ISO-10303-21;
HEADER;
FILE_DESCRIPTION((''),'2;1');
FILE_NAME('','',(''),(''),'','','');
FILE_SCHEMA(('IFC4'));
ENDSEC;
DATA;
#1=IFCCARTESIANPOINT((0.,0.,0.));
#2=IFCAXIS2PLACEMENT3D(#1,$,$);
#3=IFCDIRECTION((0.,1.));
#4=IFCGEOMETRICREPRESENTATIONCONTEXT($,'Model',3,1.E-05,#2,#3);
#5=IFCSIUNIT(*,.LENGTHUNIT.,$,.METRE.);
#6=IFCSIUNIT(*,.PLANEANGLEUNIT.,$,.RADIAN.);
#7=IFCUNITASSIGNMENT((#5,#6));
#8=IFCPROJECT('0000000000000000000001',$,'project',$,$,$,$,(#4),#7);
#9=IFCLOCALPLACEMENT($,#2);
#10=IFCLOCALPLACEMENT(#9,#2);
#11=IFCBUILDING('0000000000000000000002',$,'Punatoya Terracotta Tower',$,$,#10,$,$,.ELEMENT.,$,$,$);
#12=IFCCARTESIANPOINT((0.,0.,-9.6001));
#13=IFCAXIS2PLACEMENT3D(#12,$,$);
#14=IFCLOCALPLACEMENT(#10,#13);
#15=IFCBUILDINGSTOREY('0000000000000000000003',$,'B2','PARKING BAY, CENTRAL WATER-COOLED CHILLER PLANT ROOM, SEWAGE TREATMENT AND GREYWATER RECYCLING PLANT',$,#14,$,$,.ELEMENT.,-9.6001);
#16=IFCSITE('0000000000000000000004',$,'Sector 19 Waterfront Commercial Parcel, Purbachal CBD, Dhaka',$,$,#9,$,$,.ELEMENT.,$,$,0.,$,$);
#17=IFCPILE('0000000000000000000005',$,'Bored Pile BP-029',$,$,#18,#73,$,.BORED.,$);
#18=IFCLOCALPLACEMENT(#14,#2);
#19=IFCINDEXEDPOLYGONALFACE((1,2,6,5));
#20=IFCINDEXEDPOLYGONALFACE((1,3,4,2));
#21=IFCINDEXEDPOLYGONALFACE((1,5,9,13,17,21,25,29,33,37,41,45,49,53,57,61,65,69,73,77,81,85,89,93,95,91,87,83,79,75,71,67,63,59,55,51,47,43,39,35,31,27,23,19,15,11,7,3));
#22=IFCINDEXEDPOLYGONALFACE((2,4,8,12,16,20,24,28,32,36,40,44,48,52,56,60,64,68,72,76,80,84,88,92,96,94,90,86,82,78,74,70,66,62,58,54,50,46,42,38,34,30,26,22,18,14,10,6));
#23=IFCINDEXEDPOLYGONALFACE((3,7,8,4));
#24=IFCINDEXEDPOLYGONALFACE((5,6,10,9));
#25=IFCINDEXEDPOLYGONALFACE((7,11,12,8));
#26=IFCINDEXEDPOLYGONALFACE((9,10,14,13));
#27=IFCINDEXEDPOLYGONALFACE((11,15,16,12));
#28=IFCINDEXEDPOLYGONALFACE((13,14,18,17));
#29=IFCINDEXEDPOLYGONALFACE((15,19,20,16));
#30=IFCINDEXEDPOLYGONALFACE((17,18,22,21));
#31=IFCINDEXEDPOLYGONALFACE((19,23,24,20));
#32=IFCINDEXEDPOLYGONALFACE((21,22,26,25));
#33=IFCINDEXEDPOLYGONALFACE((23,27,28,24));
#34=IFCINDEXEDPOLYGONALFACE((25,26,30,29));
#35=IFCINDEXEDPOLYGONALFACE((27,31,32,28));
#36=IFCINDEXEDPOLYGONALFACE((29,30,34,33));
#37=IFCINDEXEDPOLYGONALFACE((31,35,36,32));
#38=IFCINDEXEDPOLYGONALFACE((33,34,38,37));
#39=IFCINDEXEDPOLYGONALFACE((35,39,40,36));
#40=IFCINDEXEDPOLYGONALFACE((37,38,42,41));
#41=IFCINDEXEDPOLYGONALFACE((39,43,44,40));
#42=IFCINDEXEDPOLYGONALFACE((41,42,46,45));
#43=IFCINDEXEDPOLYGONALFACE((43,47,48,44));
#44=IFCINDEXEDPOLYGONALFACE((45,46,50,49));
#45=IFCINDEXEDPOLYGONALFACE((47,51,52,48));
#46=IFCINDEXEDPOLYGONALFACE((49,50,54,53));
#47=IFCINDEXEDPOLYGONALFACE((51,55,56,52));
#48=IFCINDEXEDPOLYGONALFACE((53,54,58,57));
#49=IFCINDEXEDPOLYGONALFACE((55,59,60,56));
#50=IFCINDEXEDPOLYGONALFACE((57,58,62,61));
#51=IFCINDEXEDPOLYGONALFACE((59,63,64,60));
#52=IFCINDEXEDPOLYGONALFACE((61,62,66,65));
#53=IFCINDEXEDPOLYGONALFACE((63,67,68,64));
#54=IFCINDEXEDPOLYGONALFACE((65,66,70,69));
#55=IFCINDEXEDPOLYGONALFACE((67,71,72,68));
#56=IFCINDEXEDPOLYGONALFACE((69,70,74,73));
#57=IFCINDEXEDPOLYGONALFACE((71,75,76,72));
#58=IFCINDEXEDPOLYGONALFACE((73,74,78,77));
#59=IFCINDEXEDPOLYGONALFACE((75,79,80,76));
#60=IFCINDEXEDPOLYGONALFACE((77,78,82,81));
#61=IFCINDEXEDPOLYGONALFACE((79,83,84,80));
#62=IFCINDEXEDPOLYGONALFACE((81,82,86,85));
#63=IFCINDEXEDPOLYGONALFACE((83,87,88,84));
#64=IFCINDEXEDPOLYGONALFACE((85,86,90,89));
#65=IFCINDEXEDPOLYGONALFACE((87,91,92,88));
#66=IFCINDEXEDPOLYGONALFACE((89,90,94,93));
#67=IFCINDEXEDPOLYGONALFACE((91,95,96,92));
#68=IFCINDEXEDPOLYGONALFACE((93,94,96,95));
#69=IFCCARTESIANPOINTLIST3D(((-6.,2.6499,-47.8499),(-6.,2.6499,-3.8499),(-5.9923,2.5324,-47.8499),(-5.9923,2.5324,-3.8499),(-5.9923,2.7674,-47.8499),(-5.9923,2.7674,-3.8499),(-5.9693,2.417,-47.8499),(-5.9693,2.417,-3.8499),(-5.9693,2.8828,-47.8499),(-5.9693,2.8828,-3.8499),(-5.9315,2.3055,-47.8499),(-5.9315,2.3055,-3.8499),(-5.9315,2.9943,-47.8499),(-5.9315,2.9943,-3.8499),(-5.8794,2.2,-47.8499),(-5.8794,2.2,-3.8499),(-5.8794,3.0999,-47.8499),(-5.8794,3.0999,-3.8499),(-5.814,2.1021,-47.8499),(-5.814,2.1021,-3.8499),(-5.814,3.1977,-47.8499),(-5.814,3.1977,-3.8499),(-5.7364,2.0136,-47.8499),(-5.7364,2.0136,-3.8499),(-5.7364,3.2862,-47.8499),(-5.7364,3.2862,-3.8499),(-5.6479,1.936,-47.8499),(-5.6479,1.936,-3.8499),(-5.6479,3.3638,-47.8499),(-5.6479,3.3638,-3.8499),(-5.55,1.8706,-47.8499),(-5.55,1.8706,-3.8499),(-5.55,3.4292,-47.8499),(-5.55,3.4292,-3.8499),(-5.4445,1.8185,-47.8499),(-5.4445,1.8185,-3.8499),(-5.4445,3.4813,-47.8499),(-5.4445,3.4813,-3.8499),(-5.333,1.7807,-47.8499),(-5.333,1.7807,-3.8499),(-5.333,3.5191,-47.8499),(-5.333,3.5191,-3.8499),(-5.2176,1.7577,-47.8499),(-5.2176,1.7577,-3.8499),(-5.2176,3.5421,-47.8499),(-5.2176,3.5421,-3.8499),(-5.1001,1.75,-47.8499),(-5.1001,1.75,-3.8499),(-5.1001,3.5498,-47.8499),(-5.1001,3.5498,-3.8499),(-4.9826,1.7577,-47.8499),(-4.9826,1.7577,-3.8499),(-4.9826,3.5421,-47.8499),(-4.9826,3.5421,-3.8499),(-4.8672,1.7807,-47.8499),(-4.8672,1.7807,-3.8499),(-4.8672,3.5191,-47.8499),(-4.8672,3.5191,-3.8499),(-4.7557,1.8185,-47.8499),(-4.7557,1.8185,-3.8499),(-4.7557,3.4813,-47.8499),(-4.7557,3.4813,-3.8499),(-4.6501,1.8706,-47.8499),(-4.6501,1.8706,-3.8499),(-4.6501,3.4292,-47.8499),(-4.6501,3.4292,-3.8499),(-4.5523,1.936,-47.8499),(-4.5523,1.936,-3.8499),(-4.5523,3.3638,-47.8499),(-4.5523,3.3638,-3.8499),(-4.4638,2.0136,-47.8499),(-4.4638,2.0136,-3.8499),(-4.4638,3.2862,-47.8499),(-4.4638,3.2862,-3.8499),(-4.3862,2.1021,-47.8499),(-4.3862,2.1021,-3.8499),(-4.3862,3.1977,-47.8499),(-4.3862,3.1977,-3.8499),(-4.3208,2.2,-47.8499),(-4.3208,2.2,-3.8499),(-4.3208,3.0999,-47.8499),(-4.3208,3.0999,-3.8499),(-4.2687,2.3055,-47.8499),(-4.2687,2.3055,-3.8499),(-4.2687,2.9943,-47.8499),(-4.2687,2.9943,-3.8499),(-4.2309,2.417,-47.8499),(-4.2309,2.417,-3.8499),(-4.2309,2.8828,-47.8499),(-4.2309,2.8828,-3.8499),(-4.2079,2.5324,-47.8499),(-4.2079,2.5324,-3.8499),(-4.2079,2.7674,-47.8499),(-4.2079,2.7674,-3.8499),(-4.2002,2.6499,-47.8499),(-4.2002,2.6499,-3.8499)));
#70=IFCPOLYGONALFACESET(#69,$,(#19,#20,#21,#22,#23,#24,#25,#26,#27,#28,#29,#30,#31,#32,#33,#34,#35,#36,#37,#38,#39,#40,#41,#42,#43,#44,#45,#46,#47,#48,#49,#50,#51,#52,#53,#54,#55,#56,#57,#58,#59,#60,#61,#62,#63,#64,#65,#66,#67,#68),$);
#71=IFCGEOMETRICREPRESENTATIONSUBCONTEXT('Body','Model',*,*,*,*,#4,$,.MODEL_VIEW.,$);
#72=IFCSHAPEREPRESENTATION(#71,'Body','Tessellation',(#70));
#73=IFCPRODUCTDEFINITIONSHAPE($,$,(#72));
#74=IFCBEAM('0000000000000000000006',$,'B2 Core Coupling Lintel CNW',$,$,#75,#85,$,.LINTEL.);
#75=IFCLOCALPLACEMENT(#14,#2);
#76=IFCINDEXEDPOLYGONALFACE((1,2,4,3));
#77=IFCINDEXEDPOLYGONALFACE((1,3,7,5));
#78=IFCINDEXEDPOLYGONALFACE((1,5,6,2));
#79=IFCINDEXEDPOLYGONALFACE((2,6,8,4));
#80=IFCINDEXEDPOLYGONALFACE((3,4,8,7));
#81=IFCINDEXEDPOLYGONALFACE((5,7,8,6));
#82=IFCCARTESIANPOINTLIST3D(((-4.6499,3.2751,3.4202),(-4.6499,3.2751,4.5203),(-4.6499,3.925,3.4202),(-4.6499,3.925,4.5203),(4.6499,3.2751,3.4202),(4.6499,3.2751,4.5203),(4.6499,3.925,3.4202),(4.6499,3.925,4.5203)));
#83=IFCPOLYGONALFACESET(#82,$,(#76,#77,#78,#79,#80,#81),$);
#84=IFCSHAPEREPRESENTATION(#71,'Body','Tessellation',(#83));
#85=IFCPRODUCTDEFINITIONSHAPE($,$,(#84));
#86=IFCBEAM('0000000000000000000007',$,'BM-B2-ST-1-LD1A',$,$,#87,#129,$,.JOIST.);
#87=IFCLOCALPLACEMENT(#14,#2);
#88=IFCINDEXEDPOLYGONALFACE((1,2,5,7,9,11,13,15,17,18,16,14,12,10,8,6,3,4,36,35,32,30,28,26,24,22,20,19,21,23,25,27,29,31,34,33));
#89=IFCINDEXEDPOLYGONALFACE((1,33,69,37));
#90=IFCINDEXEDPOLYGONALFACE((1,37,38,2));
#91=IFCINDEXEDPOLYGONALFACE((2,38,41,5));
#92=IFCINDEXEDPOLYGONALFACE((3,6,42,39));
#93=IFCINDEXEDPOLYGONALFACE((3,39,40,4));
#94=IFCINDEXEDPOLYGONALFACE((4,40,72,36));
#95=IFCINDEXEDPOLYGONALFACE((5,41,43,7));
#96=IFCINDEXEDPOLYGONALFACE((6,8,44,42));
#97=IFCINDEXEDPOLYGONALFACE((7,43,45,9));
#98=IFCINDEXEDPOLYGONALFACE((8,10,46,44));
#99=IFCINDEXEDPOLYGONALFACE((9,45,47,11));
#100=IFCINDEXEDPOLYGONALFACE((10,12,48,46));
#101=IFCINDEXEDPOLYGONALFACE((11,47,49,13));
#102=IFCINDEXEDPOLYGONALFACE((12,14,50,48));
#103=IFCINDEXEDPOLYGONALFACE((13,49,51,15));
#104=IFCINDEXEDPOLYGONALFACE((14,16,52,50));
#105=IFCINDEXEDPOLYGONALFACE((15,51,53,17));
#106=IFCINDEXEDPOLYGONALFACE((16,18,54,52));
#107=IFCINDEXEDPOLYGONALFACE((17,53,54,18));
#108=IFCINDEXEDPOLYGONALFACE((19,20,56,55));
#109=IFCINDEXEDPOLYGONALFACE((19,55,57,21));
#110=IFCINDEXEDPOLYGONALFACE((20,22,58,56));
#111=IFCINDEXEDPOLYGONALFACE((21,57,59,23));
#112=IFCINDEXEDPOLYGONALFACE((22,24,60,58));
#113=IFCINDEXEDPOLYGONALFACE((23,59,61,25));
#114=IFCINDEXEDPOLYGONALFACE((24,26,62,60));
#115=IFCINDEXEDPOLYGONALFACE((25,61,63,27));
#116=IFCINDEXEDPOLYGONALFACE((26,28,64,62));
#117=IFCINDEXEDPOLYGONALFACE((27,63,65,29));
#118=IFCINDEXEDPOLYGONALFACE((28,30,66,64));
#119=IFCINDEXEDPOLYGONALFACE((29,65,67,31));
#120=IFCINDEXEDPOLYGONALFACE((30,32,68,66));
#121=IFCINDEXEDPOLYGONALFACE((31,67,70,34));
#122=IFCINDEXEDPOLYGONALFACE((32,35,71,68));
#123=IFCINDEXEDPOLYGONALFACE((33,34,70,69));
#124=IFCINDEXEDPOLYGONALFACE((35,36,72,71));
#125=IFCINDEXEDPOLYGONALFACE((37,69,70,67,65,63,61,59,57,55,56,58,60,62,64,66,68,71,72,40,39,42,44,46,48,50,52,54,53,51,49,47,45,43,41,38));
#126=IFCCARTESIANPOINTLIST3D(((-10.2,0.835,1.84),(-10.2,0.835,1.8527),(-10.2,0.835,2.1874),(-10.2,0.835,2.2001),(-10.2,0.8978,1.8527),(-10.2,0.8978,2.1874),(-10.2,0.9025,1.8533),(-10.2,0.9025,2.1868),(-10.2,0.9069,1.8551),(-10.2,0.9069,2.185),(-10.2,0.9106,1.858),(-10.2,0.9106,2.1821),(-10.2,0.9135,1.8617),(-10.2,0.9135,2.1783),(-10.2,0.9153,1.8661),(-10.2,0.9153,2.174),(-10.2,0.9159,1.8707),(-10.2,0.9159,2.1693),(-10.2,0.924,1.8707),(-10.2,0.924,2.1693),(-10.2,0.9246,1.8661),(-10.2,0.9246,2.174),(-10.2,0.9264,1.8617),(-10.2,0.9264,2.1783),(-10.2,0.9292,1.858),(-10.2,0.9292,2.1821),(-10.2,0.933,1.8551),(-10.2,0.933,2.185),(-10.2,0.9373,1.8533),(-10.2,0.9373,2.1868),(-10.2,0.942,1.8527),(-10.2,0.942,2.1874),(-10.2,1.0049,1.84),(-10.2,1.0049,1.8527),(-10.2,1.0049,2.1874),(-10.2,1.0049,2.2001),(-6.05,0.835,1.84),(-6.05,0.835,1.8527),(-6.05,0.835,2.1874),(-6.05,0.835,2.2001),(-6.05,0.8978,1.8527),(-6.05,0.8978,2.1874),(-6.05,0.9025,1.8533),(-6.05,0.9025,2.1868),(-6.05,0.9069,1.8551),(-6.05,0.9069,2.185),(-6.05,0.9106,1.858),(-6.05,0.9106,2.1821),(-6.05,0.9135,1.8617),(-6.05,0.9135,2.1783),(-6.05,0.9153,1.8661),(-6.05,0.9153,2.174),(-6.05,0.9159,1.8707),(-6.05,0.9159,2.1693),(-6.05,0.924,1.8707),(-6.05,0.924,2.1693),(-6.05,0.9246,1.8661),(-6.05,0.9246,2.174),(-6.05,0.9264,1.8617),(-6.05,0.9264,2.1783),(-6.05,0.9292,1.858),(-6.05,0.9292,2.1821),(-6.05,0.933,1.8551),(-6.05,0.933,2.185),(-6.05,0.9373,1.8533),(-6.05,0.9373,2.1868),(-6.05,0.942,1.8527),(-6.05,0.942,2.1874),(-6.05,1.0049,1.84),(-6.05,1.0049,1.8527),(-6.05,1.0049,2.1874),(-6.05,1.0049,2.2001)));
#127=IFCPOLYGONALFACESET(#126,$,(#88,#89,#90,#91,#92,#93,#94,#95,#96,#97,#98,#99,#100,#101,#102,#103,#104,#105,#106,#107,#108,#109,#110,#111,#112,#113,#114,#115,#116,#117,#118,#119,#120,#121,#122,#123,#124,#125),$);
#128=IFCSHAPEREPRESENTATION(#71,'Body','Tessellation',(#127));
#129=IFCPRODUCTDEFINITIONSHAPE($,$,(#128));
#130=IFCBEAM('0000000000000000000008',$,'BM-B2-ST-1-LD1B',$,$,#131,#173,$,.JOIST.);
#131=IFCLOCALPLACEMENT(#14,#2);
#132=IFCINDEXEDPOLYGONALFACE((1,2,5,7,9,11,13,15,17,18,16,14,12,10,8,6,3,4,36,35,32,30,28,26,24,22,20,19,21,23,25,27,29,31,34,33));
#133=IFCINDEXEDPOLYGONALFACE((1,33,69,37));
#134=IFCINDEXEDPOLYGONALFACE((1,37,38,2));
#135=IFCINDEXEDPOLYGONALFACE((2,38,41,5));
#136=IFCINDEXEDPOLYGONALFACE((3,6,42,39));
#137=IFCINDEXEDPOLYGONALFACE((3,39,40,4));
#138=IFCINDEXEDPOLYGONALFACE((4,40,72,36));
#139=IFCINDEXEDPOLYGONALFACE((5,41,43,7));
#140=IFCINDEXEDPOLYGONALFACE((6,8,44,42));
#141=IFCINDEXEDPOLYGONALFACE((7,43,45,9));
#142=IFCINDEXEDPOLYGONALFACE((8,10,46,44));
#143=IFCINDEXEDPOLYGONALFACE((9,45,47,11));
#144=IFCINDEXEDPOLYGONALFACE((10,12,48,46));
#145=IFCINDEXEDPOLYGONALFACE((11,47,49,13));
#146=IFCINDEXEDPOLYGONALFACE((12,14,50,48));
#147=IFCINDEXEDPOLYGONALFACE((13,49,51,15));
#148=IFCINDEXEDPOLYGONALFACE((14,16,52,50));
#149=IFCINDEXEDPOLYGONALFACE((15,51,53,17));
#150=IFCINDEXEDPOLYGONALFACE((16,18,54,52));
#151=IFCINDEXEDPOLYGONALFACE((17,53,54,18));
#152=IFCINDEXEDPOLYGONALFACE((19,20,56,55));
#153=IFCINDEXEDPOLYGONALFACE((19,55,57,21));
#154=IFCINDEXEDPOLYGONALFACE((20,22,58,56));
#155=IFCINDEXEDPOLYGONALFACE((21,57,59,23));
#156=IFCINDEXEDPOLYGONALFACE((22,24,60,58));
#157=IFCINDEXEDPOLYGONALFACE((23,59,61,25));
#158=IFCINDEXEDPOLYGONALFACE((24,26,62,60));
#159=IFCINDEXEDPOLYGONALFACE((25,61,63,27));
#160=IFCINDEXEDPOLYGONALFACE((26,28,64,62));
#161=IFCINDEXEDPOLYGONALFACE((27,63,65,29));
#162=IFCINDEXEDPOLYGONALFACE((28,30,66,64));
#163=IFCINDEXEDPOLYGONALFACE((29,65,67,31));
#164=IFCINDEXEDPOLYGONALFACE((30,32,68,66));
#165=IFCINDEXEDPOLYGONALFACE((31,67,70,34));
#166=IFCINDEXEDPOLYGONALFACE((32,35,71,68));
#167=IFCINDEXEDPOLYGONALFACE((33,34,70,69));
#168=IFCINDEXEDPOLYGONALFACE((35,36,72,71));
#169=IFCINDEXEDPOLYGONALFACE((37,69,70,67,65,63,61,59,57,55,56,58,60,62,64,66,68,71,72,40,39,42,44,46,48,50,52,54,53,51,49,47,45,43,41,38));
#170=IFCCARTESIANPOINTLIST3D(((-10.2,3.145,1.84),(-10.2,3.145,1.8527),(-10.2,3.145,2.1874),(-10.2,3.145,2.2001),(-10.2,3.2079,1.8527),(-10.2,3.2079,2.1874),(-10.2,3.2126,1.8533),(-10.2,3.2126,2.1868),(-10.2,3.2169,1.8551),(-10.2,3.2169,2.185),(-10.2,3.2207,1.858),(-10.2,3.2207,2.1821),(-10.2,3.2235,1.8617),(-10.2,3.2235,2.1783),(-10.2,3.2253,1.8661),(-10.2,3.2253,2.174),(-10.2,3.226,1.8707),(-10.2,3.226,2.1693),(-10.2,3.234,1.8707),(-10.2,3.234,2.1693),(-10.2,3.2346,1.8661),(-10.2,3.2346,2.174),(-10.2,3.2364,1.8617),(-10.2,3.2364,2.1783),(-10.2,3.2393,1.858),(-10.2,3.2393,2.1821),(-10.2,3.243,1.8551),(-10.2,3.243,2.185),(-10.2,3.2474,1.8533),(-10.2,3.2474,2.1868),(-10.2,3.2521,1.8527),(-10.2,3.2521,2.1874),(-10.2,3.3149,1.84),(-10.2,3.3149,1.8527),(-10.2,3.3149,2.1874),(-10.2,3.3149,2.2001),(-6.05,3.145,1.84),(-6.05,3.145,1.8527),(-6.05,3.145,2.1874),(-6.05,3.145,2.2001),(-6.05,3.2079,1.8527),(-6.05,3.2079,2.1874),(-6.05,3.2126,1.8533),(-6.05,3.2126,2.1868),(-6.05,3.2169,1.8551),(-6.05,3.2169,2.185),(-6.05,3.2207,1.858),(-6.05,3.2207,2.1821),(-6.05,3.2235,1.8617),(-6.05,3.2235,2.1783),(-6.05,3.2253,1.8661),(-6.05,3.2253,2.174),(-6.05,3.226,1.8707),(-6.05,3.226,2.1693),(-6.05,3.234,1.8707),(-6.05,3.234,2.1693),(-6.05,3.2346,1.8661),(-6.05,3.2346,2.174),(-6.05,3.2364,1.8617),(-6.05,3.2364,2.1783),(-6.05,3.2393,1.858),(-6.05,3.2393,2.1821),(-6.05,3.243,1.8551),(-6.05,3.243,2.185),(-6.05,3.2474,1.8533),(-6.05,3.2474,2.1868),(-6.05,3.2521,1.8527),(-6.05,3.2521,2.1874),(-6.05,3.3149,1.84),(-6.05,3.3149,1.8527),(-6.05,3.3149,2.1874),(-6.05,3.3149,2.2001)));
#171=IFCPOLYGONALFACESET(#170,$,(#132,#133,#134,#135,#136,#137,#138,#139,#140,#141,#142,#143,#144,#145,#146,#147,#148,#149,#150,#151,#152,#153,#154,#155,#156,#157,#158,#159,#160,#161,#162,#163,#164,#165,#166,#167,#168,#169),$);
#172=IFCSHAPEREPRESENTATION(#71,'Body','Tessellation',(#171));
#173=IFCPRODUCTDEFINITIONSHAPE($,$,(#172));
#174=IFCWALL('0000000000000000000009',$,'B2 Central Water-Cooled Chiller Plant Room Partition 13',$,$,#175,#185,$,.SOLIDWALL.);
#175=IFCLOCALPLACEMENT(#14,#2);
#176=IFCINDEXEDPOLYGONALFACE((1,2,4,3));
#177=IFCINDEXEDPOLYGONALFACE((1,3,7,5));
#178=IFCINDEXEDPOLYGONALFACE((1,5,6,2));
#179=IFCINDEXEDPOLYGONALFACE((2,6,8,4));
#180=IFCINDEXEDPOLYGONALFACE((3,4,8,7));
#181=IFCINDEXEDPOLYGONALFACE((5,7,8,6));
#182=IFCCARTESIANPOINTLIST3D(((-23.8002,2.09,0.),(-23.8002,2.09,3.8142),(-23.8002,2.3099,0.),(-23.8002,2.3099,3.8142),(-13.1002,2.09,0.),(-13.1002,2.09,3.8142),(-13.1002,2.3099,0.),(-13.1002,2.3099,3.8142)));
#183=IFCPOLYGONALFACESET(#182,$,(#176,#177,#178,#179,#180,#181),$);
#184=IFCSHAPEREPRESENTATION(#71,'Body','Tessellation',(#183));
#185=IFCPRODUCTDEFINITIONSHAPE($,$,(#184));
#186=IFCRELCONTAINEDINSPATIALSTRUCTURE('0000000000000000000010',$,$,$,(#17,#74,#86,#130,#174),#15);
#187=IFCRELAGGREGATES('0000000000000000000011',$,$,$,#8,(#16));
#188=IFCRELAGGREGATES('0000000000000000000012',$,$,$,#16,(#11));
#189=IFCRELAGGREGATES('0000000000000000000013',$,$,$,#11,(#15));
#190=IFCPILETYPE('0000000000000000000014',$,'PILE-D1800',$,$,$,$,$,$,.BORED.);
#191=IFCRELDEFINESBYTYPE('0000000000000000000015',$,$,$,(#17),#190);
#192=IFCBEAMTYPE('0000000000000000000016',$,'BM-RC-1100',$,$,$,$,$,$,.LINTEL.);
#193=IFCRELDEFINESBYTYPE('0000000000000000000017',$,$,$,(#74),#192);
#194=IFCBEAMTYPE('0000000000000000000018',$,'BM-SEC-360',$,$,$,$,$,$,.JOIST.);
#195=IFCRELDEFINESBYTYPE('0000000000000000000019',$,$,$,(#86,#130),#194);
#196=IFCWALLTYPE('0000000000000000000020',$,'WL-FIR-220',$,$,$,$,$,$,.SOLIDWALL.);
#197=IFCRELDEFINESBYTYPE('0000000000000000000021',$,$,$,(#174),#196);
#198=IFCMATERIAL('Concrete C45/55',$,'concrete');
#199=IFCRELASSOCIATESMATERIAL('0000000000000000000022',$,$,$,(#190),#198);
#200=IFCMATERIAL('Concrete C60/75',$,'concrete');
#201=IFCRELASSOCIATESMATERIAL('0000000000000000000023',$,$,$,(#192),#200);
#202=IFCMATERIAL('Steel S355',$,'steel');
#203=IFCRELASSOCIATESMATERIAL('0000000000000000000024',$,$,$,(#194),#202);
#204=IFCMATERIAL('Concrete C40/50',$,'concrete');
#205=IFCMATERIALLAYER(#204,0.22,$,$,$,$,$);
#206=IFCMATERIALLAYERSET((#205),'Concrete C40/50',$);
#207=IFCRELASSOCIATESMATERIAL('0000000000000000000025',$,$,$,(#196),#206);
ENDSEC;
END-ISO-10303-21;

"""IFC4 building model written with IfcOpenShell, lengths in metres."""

from ifc_helpers import new_model, si_unit, direction, frame, frame_2d, origin, origin_2d, place, context, subcontext, project, spatial, rectangle, circle, i_section, extrude, material, layer, layer_set, material_profile, profile_set, type_object, element, save


model = new_model("IFC4")

# Units and contexts
model_context = context("Model", 3, precision=1e-05, world=origin(), true_north=direction((0.0, 1.0)))
body_context = subcontext(model_context, "Body", "Model", "MODEL_VIEW")
ifc_project = project(units=[si_unit("LENGTHUNIT", "METRE"), si_unit("PLANEANGLEUNIT", "RADIAN")], contexts=[model_context])

# Site, building, storey
site_placement = place(None, origin())
site = spatial("IfcSite", under=ifc_project, at=site_placement, Name="Sector 19 Waterfront Commercial Parcel, Purbachal CBD, Dhaka", CompositionType="ELEMENT", RefElevation=0.0)
building_placement = place(site_placement, origin())
building = spatial("IfcBuilding", under=site, at=building_placement, Name="Punatoya Terracotta Tower", CompositionType="ELEMENT")
storey_placement = place(building_placement, frame((0.0, 0.0, -9.6001)))
storey = spatial("IfcBuildingStorey", under=building, at=storey_placement, Name="B2", Description="PARKING BAY, CENTRAL WATER-COOLED CHILLER PLANT ROOM, SEWAGE TREATMENT AND GREYWATER RECYCLING PLANT", CompositionType="ELEMENT", Elevation=-9.6001)

# Shared definitions
ifc_material_1 = material(Name="Concrete C45/55", Category="concrete")

# Pile
ifc_material_profile_1 = material_profile(ifc_material_1, circle(Radius=0.8999, at=origin_2d()))
ifc_profile_set_1 = profile_set([ifc_material_profile_1], Name="Concrete C45/55")
pile_type_1 = type_object("IfcPileType", Name="PILE-D1800", PredefinedType="BORED", material=ifc_profile_set_1)
for number, where, z_axis, x_axis, name in (
    (1, (-5.1001, 2.6499, -3.8499), (0.0, 0.0, -1.0), (1.0, 0.0, 0.0), "Bored Pile BP-029"),
):
    element("IfcPile", number, at=place(storey_placement, frame(where, z_axis=z_axis, x_axis=x_axis)), inside=storey, type_object=pile_type_1, Name=name, PredefinedType="BORED", context=body_context, shape_type="SweptSolid", body=[
        extrude(circle(Radius=0.8999, at=origin_2d()), origin(), (0.0, 0.0, 1.0), 44.0),
    ])

# Beams
ifc_material_2 = material(Name="Concrete C60/75", Category="concrete")
ifc_material_profile_2 = material_profile(ifc_material_2, rectangle(XDim=0.6499, YDim=1.1001, at=origin_2d()))
ifc_profile_set_2 = profile_set([ifc_material_profile_2], Name="Concrete C60/75")
beam_type_1 = type_object("IfcBeamType", Name="BM-RC-1100", PredefinedType="LINTEL", material=ifc_profile_set_2)
beam_placement = place(storey_placement, frame((-4.6499, 3.6001, 3.9702), z_axis=(1.0, 0.0, 0.0), x_axis=(0.0, 1.0, 0.0)))
element("IfcBeam", 2, at=beam_placement, inside=storey, type_object=beam_type_1, Name="B2 Core Coupling Lintel CNW", PredefinedType="LINTEL", context=body_context, shape_type="SweptSolid", body=[
    extrude(rectangle(XDim=0.6499, YDim=1.1001, at=origin_2d()), origin(), (0.0, 0.0, 1.0), 9.2998),
])
ifc_material_3 = material(Name="Steel S355", Category="steel")
ifc_material_profile_3 = material_profile(ifc_material_3, i_section(OverallWidth=0.1699, OverallDepth=0.3601, WebThickness=0.0081, FlangeThickness=0.0127, FilletRadius=0.0181, at=origin_2d()))
ifc_profile_set_3 = profile_set([ifc_material_profile_3], Name="Steel S355")
beam_type_2 = type_object("IfcBeamType", Name="BM-SEC-360", PredefinedType="JOIST", material=ifc_profile_set_3)
for number, where, z_axis, x_axis, name in (
    (3, (-10.2, 0.9199, 2.02), (1.0, 0.0, 0.0), (0.0, 1.0, 0.0), "BM-B2-ST-1-LD1A"),
    (4, (-10.2, 3.23, 2.02), (1.0, 0.0, 0.0), (0.0, 1.0, 0.0), "BM-B2-ST-1-LD1B"),
):
    element("IfcBeam", number, at=place(storey_placement, frame(where, z_axis=z_axis, x_axis=x_axis)), inside=storey, type_object=beam_type_2, Name=name, PredefinedType="JOIST", context=body_context, shape_type="SweptSolid", body=[
        extrude(i_section(OverallWidth=0.1699, OverallDepth=0.3601, WebThickness=0.0081, FlangeThickness=0.0127, FilletRadius=0.0181, at=origin_2d()), origin(), (0.0, 0.0, 1.0), 4.1499),
    ])

# Wall
ifc_material_4 = material(Name="Concrete C40/50", Category="concrete")
ifc_layer_1 = layer(ifc_material_4, 0.22)
ifc_layer_set_1 = layer_set([ifc_layer_1], Name="Concrete C40/50")
wall_type_1 = type_object("IfcWallType", Name="WL-FIR-220", PredefinedType="SOLIDWALL", material=ifc_layer_set_1)
wall_1_placement = place(storey_placement, frame((-13.1001, 2.2, 0.0), z_axis=(0.0, 0.0, 1.0), x_axis=(-1.0, 0.0, 0.0)))
element("IfcWall", 5, at=wall_1_placement, inside=storey, type_object=wall_type_1, Name="B2 Central Water-Cooled Chiller Plant Room Partition 13", PredefinedType="SOLIDWALL", context=body_context, shape_type="SweptSolid", body=[
    extrude(rectangle(XDim=10.7, YDim=0.22, at=frame_2d((5.3501, 0.0))), origin(), (0.0, 0.0, 1.0), 3.8142),
])

save(model, "model.ifc")
